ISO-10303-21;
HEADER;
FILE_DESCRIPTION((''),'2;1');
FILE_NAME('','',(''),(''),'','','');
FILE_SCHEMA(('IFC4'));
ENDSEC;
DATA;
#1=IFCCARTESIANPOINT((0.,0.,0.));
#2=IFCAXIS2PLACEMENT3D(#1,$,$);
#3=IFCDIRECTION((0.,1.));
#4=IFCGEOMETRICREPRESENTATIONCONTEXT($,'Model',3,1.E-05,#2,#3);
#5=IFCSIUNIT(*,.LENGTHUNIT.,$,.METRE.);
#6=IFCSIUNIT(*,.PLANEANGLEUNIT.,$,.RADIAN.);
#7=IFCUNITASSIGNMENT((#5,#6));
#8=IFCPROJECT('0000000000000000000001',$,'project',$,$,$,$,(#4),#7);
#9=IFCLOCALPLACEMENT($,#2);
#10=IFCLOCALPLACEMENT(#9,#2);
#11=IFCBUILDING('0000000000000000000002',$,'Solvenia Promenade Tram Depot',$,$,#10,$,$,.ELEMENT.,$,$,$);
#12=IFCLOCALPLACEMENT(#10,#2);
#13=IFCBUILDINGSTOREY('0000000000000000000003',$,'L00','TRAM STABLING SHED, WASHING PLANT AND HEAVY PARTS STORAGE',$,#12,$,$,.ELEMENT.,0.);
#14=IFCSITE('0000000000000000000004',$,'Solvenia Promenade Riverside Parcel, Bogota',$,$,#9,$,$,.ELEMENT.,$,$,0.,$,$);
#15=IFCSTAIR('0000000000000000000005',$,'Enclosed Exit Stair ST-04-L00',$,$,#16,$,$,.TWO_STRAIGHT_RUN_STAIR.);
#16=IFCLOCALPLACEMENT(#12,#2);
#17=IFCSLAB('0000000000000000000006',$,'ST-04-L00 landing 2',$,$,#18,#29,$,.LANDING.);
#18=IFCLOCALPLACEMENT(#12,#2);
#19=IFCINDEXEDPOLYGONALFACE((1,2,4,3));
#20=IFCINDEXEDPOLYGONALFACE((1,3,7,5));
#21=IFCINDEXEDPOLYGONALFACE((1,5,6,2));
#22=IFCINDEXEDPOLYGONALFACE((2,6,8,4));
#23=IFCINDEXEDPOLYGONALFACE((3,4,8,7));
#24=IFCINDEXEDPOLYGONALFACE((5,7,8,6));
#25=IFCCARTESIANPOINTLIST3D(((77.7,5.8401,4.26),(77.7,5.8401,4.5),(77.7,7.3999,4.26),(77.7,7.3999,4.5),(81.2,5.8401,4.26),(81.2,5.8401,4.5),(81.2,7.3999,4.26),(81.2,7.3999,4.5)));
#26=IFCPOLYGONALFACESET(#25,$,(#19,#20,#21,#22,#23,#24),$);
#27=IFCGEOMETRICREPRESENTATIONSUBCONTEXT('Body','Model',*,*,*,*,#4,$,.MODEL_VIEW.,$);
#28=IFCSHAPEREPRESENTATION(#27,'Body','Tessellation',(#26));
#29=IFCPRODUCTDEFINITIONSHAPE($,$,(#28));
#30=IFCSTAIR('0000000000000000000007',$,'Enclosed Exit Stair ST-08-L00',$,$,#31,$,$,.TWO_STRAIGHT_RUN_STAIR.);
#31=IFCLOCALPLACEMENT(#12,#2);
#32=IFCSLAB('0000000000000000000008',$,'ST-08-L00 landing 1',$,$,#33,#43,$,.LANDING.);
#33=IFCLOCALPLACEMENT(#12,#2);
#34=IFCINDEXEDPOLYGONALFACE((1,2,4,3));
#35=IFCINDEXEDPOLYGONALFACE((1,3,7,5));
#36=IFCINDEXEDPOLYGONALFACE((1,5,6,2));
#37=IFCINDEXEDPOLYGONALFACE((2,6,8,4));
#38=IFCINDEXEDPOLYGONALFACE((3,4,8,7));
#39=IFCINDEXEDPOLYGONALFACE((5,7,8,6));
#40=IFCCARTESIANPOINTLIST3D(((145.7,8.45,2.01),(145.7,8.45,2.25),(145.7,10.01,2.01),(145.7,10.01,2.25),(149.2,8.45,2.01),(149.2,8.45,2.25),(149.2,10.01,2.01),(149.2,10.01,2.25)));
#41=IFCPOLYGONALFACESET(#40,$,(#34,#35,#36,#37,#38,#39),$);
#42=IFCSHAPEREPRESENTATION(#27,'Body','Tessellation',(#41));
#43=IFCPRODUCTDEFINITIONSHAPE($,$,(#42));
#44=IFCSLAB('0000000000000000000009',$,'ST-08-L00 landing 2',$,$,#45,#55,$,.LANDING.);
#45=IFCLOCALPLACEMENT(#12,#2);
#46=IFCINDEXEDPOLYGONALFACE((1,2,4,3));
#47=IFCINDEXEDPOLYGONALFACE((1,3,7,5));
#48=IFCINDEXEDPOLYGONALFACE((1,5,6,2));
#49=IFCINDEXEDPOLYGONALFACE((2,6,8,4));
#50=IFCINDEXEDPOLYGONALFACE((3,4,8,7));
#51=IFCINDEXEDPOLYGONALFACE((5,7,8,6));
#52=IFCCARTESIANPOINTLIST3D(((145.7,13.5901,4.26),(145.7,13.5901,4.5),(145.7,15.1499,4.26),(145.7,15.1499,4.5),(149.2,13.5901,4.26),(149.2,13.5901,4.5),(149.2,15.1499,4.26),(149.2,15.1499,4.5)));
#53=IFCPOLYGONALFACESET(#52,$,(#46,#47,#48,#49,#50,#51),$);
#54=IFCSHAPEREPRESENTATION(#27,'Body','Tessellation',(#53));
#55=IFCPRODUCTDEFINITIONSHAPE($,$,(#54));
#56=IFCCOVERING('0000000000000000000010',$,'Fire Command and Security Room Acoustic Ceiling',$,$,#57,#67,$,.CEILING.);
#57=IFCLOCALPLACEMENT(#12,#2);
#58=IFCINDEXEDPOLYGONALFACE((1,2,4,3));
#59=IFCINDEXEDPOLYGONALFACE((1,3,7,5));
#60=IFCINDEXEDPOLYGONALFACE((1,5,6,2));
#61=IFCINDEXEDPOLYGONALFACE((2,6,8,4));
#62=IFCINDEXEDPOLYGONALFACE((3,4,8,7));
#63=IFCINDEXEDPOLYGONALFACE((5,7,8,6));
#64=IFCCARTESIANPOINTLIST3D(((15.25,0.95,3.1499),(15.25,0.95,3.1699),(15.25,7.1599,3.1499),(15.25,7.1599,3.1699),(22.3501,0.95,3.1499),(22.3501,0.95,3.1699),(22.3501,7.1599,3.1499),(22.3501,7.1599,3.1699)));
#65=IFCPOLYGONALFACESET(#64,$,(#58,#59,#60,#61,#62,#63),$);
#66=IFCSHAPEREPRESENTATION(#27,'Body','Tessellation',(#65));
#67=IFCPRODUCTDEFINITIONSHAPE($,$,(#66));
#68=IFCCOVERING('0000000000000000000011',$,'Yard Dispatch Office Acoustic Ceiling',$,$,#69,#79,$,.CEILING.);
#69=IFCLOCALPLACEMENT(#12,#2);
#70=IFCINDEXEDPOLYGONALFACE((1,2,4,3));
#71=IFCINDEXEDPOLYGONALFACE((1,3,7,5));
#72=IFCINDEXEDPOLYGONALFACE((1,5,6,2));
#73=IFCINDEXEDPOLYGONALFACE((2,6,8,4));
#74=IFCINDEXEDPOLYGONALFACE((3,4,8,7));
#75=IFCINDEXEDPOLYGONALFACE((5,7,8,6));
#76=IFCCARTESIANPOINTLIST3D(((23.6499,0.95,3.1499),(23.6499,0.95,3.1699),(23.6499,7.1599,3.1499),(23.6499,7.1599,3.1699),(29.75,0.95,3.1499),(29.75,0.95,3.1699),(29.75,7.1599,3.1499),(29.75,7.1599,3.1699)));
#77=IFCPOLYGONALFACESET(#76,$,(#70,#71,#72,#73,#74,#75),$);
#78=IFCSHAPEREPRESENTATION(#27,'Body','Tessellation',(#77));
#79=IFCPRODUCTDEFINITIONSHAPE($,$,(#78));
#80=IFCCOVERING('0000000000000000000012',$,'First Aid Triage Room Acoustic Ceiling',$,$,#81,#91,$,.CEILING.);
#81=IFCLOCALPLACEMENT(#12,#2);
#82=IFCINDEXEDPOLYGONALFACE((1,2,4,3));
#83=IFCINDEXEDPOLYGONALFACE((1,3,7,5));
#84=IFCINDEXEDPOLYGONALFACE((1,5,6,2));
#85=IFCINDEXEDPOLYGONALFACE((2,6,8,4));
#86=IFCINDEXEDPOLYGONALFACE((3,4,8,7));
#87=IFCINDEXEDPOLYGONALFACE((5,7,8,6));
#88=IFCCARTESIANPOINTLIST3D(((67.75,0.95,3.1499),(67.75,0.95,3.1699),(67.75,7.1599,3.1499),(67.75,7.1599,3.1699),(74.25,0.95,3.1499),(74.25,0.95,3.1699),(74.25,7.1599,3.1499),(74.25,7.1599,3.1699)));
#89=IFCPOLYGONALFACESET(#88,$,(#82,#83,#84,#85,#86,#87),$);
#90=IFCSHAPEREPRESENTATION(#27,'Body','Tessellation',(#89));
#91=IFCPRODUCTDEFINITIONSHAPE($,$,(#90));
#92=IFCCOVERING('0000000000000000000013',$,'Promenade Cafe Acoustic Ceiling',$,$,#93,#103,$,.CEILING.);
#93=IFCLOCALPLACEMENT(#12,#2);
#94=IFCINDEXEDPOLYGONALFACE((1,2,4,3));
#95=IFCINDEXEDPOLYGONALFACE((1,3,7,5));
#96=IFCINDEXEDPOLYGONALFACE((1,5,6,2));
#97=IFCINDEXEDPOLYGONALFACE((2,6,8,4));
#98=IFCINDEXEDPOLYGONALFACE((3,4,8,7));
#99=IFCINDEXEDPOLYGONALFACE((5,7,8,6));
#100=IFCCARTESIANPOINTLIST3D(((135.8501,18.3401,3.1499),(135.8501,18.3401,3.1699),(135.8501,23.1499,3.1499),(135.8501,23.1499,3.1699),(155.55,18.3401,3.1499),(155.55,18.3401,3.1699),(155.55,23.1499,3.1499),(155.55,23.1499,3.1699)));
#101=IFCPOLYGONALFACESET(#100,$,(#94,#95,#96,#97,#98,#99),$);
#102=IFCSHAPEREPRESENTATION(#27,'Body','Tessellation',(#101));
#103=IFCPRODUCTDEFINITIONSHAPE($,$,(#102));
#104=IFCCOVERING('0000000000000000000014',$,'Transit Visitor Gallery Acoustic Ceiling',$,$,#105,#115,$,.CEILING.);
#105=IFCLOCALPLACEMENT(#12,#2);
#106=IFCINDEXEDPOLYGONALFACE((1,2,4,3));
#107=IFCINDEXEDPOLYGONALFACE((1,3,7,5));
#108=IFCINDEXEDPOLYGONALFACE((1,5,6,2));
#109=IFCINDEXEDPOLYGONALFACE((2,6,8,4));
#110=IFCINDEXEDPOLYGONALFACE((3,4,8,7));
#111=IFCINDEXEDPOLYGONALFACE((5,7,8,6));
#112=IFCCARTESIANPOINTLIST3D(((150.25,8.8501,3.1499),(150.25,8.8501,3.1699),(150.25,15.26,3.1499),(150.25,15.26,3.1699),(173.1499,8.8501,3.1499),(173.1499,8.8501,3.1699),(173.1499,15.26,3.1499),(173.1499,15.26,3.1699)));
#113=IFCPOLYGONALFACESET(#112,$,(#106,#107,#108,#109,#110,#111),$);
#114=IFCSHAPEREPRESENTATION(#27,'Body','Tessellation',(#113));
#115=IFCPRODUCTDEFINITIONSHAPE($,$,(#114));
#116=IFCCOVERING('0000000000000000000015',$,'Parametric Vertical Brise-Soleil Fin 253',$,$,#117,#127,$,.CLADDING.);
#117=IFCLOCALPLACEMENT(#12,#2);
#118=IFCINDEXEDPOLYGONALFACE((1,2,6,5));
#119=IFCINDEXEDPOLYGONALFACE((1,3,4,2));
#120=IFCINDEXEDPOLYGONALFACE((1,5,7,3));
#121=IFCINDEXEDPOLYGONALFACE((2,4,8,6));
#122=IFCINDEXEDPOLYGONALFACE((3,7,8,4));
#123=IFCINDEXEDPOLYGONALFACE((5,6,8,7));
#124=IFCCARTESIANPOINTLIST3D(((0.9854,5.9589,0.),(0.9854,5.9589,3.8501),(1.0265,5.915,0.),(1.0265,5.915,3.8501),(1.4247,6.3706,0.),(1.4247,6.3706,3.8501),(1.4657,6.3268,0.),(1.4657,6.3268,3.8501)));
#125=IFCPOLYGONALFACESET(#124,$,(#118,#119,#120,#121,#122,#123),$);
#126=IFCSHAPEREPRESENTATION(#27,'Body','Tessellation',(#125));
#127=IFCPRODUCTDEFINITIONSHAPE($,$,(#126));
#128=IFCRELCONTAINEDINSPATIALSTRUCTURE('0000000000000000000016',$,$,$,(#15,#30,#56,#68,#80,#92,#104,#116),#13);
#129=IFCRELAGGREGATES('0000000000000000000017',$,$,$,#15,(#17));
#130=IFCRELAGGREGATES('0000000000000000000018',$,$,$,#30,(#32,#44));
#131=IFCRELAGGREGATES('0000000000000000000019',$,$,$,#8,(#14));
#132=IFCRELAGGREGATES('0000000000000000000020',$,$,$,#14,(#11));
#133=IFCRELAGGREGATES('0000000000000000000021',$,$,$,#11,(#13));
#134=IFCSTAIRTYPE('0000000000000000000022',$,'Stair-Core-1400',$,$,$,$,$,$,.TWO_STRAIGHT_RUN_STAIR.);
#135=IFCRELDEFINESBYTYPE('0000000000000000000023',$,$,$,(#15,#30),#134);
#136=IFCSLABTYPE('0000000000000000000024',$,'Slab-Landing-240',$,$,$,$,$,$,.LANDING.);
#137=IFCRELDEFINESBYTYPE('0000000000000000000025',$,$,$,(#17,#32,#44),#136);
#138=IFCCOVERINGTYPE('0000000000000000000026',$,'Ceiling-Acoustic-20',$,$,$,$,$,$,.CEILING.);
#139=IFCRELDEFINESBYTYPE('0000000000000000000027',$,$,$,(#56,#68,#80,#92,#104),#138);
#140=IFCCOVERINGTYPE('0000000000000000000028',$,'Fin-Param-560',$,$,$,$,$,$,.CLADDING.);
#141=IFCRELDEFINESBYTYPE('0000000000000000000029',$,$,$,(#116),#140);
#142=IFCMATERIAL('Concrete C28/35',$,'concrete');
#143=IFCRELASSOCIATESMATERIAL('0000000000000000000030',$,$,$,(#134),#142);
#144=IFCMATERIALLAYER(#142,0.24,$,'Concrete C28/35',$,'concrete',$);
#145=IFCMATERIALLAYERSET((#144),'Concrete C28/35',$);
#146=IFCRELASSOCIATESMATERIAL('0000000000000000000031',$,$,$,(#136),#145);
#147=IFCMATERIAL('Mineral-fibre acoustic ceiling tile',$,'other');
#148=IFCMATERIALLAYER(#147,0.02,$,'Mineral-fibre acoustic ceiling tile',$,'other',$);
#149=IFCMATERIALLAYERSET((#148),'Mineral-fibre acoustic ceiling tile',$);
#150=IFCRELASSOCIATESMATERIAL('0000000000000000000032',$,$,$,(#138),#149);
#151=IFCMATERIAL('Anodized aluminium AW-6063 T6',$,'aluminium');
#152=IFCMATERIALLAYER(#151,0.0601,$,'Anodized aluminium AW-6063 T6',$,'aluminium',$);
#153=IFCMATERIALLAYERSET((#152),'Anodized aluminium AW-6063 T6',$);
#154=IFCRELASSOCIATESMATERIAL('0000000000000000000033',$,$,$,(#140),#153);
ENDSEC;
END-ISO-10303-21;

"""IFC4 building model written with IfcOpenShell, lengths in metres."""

from ifc_helpers import new_model, si_unit, direction, frame, origin, origin_2d, place, context, subcontext, project, spatial, polyline, rectangle, outline, extrude, material, layer, layer_set, type_object, element, aggregate, save


model = new_model("IFC4")

# Units and contexts
model_context = context("Model", 3, precision=1e-05, world=origin(), true_north=direction((0.0, 1.0)))
body_context = subcontext(model_context, "Body", "Model", "MODEL_VIEW")
ifc_project = project(units=[si_unit("LENGTHUNIT", "METRE"), si_unit("PLANEANGLEUNIT", "RADIAN")], contexts=[model_context])

# Site, building, storey
site_placement = place(None, origin())
site = spatial("IfcSite", under=ifc_project, at=site_placement, Name="Solvenia Promenade Riverside Parcel, Bogota", CompositionType="ELEMENT", RefElevation=0.0)
building_placement = place(site_placement, origin())
building = spatial("IfcBuilding", under=site, at=building_placement, Name="Solvenia Promenade Tram Depot", CompositionType="ELEMENT")
storey_placement = place(building_placement, origin())
storey = spatial("IfcBuildingStorey", under=building, at=storey_placement, Name="L00", Description="TRAM STABLING SHED, WASHING PLANT AND HEAVY PARTS STORAGE", CompositionType="ELEMENT", Elevation=0.0)

# Shared definitions
ifc_material_1 = material(Name="Concrete C28/35", Category="concrete")

# Shared definitions
ifc_material_2 = material(Name="Anodized aluminium AW-6063 T6", Category="aluminium")

# Stairs, slabs
stair_type_1 = type_object("IfcStairType", Name="Stair-Core-1400", PredefinedType="TWO_STRAIGHT_RUN_STAIR", material=ifc_material_1)
stair_1_placement = place(storey_placement, origin())
stair_1 = element("IfcStair", 1, at=stair_1_placement, inside=storey, type_object=stair_type_1, Name="Enclosed Exit Stair ST-04-L00", PredefinedType="TWO_STRAIGHT_RUN_STAIR")
ifc_layer_1 = layer(ifc_material_1, 0.24, Name="Concrete C28/35", Category="concrete")
ifc_layer_set_1 = layer_set([ifc_layer_1], Name="Concrete C28/35")
slab_type_1 = type_object("IfcSlabType", Name="Slab-Landing-240", PredefinedType="LANDING", material=ifc_layer_set_1)
slab_1_placement = place(storey_placement, frame((0.0, 0.0, 4.26)))
slab_1 = element("IfcSlab", 2, at=slab_1_placement, type_object=slab_type_1, Name="ST-04-L00 landing 2", PredefinedType="LANDING", context=body_context, shape_type="SweptSolid", body=[
    extrude(outline(polyline([(77.7, 5.8401), (81.2, 5.8401), (81.2, 7.3999), (77.7, 7.3999), (77.7, 5.8401)])), origin(), (0.0, 0.0, 1.0), 0.24),
])
aggregate(stair_1, [slab_1])
stair_2_placement = place(storey_placement, origin())
stair_2 = element("IfcStair", 3, at=stair_2_placement, inside=storey, type_object=stair_type_1, Name="Enclosed Exit Stair ST-08-L00", PredefinedType="TWO_STRAIGHT_RUN_STAIR")
slab_2_placement = place(storey_placement, frame((0.0, 0.0, 2.01)))
slab_2 = element("IfcSlab", 4, at=slab_2_placement, type_object=slab_type_1, Name="ST-08-L00 landing 1", PredefinedType="LANDING", context=body_context, shape_type="SweptSolid", body=[
    extrude(outline(polyline([(145.7, 8.45), (149.2, 8.45), (149.2, 10.01), (145.7, 10.01), (145.7, 8.45)])), origin(), (0.0, 0.0, 1.0), 0.24),
])
slab_3_placement = place(storey_placement, frame((0.0, 0.0, 4.26)))
slab_3 = element("IfcSlab", 5, at=slab_3_placement, type_object=slab_type_1, Name="ST-08-L00 landing 2", PredefinedType="LANDING", context=body_context, shape_type="SweptSolid", body=[
    extrude(outline(polyline([(145.7, 13.5901), (149.2, 13.5901), (149.2, 15.1499), (145.7, 15.1499), (145.7, 13.5901)])), origin(), (0.0, 0.0, 1.0), 0.24),
])
aggregate(stair_2, [slab_2, slab_3])

# Coverings
ifc_material_3 = material(Name="Mineral-fibre acoustic ceiling tile", Category="other")
ifc_layer_2 = layer(ifc_material_3, 0.02, Name="Mineral-fibre acoustic ceiling tile", Category="other")
ifc_layer_set_2 = layer_set([ifc_layer_2], Name="Mineral-fibre acoustic ceiling tile")
covering_type_1 = type_object("IfcCoveringType", Name="Ceiling-Acoustic-20", PredefinedType="CEILING", material=ifc_layer_set_2)
covering_1_placement = place(storey_placement, frame((0.0, 0.0, 3.1499)))
element("IfcCovering", 6, at=covering_1_placement, inside=storey, type_object=covering_type_1, Name="Fire Command and Security Room Acoustic Ceiling", PredefinedType="CEILING", context=body_context, shape_type="SweptSolid", body=[
    extrude(outline(polyline([(15.25, 0.95), (22.3501, 0.95), (22.3501, 7.1599), (15.25, 7.1599), (15.25, 0.95)])), origin(), (0.0, 0.0, 1.0), 0.02),
])
covering_2_placement = place(storey_placement, frame((0.0, 0.0, 3.1499)))
element("IfcCovering", 7, at=covering_2_placement, inside=storey, type_object=covering_type_1, Name="Yard Dispatch Office Acoustic Ceiling", PredefinedType="CEILING", context=body_context, shape_type="SweptSolid", body=[
    extrude(outline(polyline([(23.6499, 0.95), (29.75, 0.95), (29.75, 7.1599), (23.6499, 7.1599), (23.6499, 0.95)])), origin(), (0.0, 0.0, 1.0), 0.02),
])
covering_3_placement = place(storey_placement, frame((0.0, 0.0, 3.1499)))
element("IfcCovering", 8, at=covering_3_placement, inside=storey, type_object=covering_type_1, Name="First Aid Triage Room Acoustic Ceiling", PredefinedType="CEILING", context=body_context, shape_type="SweptSolid", body=[
    extrude(outline(polyline([(67.75, 0.95), (74.25, 0.95), (74.25, 7.1599), (67.75, 7.1599), (67.75, 0.95)])), origin(), (0.0, 0.0, 1.0), 0.02),
])
covering_4_placement = place(storey_placement, frame((0.0, 0.0, 3.1499)))
element("IfcCovering", 9, at=covering_4_placement, inside=storey, type_object=covering_type_1, Name="Promenade Cafe Acoustic Ceiling", PredefinedType="CEILING", context=body_context, shape_type="SweptSolid", body=[
    extrude(outline(polyline([(135.8501, 18.3401), (155.55, 18.3401), (155.55, 23.1499), (135.8501, 23.1499), (135.8501, 18.3401)])), origin(), (0.0, 0.0, 1.0), 0.02),
])
covering_5_placement = place(storey_placement, frame((0.0, 0.0, 3.1499)))
element("IfcCovering", 10, at=covering_5_placement, inside=storey, type_object=covering_type_1, Name="Transit Visitor Gallery Acoustic Ceiling", PredefinedType="CEILING", context=body_context, shape_type="SweptSolid", body=[
    extrude(outline(polyline([(150.25, 8.8501), (173.1499, 8.8501), (173.1499, 15.26), (150.25, 15.26), (150.25, 8.8501)])), origin(), (0.0, 0.0, 1.0), 0.02),
])
ifc_layer_3 = layer(ifc_material_2, 0.0601, Name="Anodized aluminium AW-6063 T6", Category="aluminium")
ifc_layer_set_3 = layer_set([ifc_layer_3], Name="Anodized aluminium AW-6063 T6")
covering_type_2 = type_object("IfcCoveringType", Name="Fin-Param-560", PredefinedType="CLADDING", material=ifc_layer_set_3)
covering_6_placement = place(storey_placement, frame((1.2256, 6.1428, 0.0), z_axis=(0.0, 0.0, 1.0), x_axis=(0.683911, -0.729566, 0.0)))
element("IfcCovering", 11, at=covering_6_placement, inside=storey, type_object=covering_type_2, Name="Parametric Vertical Brise-Soleil Fin 253", PredefinedType="CLADDING", context=body_context, shape_type="SweptSolid", body=[
    extrude(rectangle(XDim=0.0601, YDim=0.6021, at=origin_2d()), origin(), (0.0, 0.0, 1.0), 3.8501),
])

save(model, "model.ifc")
